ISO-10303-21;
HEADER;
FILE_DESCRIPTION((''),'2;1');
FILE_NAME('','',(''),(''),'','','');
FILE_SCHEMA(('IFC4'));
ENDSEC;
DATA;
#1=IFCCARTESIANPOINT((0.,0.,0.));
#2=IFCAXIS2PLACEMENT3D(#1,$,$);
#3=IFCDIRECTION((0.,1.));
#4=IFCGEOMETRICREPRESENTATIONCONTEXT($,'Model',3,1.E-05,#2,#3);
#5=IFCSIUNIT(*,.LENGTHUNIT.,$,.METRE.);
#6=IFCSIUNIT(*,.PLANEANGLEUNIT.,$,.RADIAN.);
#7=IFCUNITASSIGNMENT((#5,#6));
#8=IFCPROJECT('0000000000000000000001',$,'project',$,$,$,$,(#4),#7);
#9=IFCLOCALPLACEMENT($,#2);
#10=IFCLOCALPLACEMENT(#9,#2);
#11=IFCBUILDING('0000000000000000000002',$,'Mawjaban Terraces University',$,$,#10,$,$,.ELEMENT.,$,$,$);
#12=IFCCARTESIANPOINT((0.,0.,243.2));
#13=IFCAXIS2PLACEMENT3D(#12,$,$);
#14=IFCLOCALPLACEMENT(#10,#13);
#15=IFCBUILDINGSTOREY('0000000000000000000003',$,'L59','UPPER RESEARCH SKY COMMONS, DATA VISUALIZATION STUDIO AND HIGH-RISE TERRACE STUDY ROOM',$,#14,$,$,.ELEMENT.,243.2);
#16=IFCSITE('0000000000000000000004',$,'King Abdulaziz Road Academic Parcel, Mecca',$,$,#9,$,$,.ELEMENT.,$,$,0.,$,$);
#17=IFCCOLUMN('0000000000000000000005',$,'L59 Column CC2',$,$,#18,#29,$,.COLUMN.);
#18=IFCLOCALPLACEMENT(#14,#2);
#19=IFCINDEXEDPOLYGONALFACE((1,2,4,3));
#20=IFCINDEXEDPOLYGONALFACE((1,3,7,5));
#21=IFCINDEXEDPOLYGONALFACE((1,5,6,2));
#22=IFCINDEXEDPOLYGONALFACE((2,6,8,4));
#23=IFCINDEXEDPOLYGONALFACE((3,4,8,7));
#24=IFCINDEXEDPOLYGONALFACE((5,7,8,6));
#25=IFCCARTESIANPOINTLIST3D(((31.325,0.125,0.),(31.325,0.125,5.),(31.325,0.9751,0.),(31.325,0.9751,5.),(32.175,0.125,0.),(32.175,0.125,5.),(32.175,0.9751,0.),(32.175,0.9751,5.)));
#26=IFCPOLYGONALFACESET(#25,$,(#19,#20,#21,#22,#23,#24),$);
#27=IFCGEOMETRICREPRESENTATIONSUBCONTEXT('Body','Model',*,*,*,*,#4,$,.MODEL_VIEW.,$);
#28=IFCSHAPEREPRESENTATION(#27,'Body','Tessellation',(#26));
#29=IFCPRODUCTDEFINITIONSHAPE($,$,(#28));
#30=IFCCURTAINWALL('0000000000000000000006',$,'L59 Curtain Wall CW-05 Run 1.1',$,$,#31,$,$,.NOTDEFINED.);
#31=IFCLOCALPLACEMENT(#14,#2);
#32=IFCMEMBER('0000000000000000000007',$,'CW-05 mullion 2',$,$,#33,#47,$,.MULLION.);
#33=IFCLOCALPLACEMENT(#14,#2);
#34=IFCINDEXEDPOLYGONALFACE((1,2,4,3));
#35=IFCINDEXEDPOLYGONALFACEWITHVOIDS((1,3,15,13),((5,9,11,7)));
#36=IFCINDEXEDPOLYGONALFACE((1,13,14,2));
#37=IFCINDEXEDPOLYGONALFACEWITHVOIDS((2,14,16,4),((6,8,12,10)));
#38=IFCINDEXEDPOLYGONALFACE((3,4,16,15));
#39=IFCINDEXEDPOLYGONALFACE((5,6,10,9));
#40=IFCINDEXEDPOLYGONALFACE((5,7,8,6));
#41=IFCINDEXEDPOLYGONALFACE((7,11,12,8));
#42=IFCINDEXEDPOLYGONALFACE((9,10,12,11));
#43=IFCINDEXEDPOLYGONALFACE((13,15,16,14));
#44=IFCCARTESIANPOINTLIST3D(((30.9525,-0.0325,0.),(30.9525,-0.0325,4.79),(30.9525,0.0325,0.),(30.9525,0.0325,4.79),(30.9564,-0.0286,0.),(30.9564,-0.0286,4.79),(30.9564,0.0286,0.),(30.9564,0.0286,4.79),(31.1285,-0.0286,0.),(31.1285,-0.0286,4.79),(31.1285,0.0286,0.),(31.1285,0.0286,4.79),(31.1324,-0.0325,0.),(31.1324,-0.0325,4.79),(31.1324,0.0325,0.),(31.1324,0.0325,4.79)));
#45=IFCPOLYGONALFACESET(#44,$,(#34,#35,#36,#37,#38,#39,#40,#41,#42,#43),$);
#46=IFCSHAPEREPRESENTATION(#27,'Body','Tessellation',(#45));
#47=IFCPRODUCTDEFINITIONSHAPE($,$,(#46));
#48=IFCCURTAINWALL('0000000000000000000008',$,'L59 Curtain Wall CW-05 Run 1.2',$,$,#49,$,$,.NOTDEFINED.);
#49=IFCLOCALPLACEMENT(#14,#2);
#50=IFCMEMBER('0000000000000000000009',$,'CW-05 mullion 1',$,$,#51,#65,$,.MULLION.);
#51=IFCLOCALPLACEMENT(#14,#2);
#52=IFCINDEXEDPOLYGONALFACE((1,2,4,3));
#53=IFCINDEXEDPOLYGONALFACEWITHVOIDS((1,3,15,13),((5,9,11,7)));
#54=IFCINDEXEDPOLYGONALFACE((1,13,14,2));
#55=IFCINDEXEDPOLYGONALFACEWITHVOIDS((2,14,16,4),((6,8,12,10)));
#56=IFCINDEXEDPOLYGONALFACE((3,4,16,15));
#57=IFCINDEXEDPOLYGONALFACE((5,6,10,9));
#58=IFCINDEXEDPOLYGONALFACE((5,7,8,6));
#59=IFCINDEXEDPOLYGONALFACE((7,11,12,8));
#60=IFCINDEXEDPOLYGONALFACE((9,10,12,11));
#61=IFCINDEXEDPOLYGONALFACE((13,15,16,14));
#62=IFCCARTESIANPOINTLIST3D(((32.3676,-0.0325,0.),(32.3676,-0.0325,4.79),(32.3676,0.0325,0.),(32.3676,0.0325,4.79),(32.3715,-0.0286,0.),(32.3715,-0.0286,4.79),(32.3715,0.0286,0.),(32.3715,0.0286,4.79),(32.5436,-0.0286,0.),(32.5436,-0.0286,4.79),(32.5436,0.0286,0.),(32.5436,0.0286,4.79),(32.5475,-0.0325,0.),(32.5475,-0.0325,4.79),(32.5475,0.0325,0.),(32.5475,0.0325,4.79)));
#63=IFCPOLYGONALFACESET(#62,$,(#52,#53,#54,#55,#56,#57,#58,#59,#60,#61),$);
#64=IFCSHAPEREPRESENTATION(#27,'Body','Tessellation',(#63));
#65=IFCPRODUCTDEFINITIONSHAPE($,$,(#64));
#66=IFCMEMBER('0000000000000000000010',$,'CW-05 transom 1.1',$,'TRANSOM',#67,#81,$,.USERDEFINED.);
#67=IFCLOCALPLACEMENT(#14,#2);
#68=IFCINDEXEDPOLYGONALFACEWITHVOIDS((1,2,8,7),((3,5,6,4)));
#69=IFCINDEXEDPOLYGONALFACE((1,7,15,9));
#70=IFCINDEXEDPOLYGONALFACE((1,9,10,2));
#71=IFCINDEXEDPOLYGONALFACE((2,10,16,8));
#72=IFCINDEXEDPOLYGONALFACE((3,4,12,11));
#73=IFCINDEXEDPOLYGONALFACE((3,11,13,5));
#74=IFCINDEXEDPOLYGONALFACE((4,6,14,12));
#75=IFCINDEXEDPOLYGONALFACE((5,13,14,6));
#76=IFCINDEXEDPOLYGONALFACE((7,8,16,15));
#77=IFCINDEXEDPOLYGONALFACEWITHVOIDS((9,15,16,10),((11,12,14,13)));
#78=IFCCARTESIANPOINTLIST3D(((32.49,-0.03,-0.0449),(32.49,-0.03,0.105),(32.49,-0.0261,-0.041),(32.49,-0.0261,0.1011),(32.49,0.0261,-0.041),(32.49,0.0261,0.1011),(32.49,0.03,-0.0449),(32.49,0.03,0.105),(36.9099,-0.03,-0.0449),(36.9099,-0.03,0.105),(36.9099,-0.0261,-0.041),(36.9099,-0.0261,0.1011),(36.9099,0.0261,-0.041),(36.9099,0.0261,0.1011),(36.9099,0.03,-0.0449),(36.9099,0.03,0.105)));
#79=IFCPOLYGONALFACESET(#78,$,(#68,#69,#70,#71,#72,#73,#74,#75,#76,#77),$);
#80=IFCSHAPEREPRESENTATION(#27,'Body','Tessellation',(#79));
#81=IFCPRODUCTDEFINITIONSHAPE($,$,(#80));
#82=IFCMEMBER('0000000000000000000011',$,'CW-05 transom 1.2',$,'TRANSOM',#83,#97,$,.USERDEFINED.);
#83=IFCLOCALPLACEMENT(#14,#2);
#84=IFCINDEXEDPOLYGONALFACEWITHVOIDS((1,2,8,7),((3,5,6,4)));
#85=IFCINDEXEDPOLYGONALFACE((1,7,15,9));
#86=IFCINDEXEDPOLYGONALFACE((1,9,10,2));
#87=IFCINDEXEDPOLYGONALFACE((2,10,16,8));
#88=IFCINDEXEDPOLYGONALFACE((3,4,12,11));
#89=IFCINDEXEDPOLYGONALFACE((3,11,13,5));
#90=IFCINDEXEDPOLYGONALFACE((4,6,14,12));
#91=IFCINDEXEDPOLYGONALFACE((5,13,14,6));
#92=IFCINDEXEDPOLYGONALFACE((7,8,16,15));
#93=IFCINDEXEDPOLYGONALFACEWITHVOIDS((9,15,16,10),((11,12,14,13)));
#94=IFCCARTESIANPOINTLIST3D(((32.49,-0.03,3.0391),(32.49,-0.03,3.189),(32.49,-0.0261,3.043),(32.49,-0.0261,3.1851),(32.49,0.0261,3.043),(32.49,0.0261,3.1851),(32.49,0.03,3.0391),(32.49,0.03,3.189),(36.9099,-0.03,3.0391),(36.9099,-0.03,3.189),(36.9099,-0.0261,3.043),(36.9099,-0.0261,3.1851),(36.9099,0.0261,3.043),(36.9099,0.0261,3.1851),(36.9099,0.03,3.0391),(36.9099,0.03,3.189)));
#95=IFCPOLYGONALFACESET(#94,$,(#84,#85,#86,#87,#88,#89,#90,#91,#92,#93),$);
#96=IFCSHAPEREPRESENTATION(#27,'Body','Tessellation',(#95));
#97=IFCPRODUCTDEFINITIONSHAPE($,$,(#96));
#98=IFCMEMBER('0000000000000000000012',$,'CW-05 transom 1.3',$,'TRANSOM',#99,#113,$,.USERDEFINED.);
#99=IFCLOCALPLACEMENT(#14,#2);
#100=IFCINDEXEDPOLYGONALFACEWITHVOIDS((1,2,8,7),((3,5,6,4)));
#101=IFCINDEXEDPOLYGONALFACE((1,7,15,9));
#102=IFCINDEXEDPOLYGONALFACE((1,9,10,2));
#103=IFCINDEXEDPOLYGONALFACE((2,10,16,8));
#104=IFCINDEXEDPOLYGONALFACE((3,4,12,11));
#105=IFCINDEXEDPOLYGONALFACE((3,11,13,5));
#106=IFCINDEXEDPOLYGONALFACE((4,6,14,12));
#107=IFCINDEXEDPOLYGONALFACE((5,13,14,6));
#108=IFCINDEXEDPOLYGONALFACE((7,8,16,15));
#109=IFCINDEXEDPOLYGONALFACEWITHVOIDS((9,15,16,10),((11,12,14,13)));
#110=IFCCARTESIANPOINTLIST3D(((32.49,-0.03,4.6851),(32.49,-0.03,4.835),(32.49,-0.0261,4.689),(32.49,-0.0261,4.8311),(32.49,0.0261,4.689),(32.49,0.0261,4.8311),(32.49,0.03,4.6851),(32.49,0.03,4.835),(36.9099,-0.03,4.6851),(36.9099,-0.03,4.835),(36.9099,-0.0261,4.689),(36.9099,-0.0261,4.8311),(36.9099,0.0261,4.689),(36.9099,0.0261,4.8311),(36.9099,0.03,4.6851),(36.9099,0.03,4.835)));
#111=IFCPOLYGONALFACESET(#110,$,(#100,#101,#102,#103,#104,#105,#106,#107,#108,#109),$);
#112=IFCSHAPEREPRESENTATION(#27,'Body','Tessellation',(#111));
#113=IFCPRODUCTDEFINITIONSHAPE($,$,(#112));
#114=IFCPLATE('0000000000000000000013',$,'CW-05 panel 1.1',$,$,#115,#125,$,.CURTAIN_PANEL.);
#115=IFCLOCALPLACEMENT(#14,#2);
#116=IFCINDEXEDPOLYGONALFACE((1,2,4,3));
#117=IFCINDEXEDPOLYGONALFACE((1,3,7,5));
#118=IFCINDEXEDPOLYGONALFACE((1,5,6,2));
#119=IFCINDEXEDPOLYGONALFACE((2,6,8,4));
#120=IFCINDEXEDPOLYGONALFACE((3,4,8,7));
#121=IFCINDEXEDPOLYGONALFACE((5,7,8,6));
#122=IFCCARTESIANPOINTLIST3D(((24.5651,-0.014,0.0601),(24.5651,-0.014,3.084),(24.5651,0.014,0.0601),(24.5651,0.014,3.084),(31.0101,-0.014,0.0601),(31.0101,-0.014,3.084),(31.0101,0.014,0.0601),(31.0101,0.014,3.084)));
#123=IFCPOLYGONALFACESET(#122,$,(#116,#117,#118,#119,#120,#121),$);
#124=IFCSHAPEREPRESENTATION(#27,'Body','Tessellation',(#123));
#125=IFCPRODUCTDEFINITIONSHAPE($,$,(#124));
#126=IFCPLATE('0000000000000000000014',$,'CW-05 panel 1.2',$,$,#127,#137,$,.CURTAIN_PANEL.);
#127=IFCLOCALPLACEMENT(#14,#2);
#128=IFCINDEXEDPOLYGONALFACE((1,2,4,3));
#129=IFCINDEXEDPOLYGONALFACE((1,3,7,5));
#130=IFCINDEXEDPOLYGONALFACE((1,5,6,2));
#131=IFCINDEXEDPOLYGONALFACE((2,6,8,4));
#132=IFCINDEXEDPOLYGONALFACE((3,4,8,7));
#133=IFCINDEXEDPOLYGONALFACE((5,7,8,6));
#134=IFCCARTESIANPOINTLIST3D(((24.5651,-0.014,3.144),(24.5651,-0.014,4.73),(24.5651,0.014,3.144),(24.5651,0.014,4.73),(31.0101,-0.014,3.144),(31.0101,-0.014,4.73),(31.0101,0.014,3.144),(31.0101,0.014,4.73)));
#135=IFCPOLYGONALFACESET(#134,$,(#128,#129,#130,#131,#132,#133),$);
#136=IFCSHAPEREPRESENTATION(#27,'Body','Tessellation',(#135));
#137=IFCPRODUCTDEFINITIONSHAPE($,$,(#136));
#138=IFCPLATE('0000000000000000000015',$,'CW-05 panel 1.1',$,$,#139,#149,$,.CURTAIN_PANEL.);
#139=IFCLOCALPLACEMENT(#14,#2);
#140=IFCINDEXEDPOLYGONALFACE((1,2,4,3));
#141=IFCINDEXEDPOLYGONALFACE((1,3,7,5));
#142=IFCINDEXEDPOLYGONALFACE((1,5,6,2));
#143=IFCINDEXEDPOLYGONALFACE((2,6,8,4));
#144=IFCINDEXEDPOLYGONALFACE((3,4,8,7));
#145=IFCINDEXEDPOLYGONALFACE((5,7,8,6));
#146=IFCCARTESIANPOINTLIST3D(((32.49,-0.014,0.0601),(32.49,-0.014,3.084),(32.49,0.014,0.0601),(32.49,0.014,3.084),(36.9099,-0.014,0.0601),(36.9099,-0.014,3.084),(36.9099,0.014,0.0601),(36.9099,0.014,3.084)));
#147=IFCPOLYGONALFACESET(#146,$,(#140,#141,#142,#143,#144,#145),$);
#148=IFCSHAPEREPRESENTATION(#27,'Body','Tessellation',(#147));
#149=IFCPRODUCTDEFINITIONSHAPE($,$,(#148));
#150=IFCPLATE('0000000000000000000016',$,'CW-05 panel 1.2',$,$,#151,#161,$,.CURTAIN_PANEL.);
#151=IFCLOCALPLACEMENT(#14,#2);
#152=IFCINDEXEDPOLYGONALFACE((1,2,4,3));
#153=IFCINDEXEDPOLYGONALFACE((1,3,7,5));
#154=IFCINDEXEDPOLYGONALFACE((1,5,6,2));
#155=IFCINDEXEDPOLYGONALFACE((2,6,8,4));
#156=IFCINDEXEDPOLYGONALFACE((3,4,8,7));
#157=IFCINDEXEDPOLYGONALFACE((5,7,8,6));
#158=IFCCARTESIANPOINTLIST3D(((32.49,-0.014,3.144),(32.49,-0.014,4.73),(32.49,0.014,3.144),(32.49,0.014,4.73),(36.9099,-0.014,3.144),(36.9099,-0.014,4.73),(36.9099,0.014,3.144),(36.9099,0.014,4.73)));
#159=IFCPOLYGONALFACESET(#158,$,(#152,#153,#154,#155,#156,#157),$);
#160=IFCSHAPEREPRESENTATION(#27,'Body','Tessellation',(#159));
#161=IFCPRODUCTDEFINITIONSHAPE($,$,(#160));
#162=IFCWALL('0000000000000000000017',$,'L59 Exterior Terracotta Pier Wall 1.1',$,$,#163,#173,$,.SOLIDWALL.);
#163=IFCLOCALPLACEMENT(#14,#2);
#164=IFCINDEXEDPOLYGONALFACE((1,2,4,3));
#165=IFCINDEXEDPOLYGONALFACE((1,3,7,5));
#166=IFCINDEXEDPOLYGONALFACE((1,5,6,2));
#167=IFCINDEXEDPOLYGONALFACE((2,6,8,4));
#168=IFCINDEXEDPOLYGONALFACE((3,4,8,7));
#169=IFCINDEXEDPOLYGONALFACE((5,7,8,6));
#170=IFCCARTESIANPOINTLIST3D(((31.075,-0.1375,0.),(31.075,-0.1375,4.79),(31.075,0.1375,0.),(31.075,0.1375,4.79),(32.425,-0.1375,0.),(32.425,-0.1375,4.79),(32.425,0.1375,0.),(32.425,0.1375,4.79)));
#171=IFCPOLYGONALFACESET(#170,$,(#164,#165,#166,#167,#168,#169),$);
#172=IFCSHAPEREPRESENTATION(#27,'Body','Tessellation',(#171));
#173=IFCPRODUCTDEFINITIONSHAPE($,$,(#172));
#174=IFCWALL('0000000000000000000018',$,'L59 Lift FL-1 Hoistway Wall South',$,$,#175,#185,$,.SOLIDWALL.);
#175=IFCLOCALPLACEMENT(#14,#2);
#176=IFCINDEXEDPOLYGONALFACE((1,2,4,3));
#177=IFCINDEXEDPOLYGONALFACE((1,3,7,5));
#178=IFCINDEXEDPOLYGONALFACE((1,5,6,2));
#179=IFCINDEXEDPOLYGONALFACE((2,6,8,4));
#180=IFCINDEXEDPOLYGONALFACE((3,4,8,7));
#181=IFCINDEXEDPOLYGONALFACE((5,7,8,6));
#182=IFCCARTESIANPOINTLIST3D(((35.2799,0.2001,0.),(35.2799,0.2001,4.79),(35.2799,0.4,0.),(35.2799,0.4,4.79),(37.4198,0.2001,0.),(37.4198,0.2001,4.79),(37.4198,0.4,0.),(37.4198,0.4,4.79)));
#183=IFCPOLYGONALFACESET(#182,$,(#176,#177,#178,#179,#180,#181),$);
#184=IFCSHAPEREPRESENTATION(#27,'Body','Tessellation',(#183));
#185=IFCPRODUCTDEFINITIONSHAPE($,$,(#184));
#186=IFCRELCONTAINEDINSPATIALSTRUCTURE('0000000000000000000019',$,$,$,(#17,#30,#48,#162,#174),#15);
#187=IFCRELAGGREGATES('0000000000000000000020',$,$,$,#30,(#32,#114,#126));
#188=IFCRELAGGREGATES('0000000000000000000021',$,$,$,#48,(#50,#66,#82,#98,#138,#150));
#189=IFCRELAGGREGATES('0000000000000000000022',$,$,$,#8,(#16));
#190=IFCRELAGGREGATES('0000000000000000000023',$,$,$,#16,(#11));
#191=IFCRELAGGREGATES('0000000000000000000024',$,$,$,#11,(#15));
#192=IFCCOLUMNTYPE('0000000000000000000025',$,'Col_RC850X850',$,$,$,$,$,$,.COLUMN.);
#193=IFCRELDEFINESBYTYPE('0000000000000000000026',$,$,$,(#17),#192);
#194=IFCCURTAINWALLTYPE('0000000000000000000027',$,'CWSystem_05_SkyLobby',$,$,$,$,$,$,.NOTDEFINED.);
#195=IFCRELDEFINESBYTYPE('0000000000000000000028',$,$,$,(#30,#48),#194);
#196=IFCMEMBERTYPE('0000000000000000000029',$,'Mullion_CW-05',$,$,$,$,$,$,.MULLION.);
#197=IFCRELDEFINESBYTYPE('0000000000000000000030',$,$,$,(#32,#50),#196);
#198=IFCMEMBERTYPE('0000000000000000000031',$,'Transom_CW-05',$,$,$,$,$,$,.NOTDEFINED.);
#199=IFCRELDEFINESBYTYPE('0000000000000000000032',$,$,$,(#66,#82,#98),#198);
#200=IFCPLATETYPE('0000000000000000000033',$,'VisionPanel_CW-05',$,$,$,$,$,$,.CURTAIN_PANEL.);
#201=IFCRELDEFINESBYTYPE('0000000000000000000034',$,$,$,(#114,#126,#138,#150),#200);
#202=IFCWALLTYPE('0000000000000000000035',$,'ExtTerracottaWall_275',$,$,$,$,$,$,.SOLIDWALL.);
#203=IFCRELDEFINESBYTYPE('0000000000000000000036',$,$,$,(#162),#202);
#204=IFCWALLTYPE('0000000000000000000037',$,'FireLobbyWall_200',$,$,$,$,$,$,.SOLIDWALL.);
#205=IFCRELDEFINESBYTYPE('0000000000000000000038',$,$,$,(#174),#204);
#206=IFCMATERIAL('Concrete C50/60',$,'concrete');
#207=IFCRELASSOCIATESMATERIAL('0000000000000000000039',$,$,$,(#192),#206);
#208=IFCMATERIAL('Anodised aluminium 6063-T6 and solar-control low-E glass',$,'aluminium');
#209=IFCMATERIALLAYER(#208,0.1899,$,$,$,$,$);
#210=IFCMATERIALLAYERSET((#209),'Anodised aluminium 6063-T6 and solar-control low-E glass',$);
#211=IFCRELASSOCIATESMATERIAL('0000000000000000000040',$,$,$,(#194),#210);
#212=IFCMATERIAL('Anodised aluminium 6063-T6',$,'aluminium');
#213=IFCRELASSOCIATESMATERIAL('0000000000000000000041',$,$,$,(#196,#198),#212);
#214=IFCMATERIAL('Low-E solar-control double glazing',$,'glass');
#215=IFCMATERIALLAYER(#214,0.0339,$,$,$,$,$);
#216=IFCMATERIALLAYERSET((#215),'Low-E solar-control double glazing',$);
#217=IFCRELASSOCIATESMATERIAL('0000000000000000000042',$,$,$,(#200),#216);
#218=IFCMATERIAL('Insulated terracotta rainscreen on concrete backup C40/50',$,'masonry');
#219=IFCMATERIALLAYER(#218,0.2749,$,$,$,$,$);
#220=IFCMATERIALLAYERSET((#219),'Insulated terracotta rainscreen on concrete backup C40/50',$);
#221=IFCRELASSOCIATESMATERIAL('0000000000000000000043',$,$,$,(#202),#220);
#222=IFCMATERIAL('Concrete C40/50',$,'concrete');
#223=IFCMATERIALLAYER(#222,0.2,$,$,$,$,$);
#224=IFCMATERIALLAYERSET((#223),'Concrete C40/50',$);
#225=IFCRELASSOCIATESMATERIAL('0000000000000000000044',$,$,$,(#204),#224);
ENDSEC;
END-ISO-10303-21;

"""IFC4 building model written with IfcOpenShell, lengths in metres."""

from ifc_helpers import new_model, si_unit, direction, frame, frame_2d, origin, origin_2d, place, context, subcontext, project, spatial, rectangle, hollow_rectangle, extrude, material, layer, layer_set, material_profile, profile_set, type_object, element, aggregate, save


model = new_model("IFC4")

# Units and contexts
model_context = context("Model", 3, precision=1e-05, world=origin(), true_north=direction((0.0, 1.0)))
body_context = subcontext(model_context, "Body", "Model", "MODEL_VIEW")
ifc_project = project(units=[si_unit("LENGTHUNIT", "METRE"), si_unit("PLANEANGLEUNIT", "RADIAN")], contexts=[model_context])

# Site, building, storey
site_placement = place(None, origin())
site = spatial("IfcSite", under=ifc_project, at=site_placement, Name="King Abdulaziz Road Academic Parcel, Mecca", CompositionType="ELEMENT", RefElevation=0.0)
building_placement = place(site_placement, origin())
building = spatial("IfcBuilding", under=site, at=building_placement, Name="Mawjaban Terraces University", CompositionType="ELEMENT")
storey_placement = place(building_placement, frame((0.0, 0.0, 243.2)))
storey = spatial("IfcBuildingStorey", under=building, at=storey_placement, Name="L59", Description="UPPER RESEARCH SKY COMMONS, DATA VISUALIZATION STUDIO AND HIGH-RISE TERRACE STUDY ROOM", CompositionType="ELEMENT", Elevation=243.2)

# Column
ifc_material_1 = material(Name="Concrete C50/60", Category="concrete")
ifc_material_profile_1 = material_profile(ifc_material_1, rectangle(XDim=0.8501, YDim=0.8501, at=origin_2d()), Name="RC850X850")
ifc_profile_set_1 = profile_set([ifc_material_profile_1], Name="Concrete C50/60")
column_type = type_object("IfcColumnType", Name="Col_RC850X850", PredefinedType="COLUMN", material=ifc_profile_set_1)
column_placement = place(storey_placement, frame((31.75, 0.55, 0.0), z_axis=(0.0, 0.0, 1.0), x_axis=(1.0, 0.0, 0.0)))
element("IfcColumn", 1, at=column_placement, inside=storey, type_object=column_type, Name="L59 Column CC2", PredefinedType="COLUMN", context=body_context, shape_type="SweptSolid", body=[
    extrude(rectangle(XDim=0.8501, YDim=0.8501, at=origin_2d()), origin(), (0.0, 0.0, 1.0), 5.0),
])

# Curtain wall, member
ifc_material_2 = material(Name="Anodised aluminium 6063-T6 and solar-control low-E glass", Category="aluminium")
ifc_layer_1 = layer(ifc_material_2, 0.1899)
ifc_layer_set_1 = layer_set([ifc_layer_1], Name="Anodised aluminium 6063-T6 and solar-control low-E glass")
curtain_wall_type = type_object("IfcCurtainWallType", Name="CWSystem_05_SkyLobby", PredefinedType="NOTDEFINED", material=ifc_layer_set_1)
curtain_wall_1_placement = place(storey_placement, origin())
curtain_wall_1 = element("IfcCurtainWall", 2, at=curtain_wall_1_placement, inside=storey, type_object=curtain_wall_type, Name="L59 Curtain Wall CW-05 Run 1.1", PredefinedType="NOTDEFINED")
ifc_material_3 = material(Name="Anodised aluminium 6063-T6", Category="aluminium")
ifc_material_profile_2 = material_profile(ifc_material_3, hollow_rectangle(XDim=0.0649, YDim=0.1799, WallThickness=0.0039, at=origin_2d()), Name="ALU180X65X4")
ifc_profile_set_2 = profile_set([ifc_material_profile_2], Name="Anodised aluminium 6063-T6")
member_type_1 = type_object("IfcMemberType", Name="Mullion_CW-05", PredefinedType="MULLION", material=ifc_profile_set_2)
member_1_placement = place(storey_placement, frame((31.0425, 0.0, 0.0), z_axis=(0.0, 0.0, 1.0), x_axis=(0.0, 1.0, 0.0)))
member_1 = element("IfcMember", 3, at=member_1_placement, type_object=member_type_1, Name="CW-05 mullion 2", PredefinedType="MULLION", context=body_context, shape_type="SweptSolid", body=[
    extrude(hollow_rectangle(XDim=0.0649, YDim=0.1799, WallThickness=0.0039, at=origin_2d()), origin(), (0.0, 0.0, 1.0), 4.79),
])

# Curtain wall, members
curtain_wall_2_placement = place(storey_placement, origin())
curtain_wall_2 = element("IfcCurtainWall", 4, at=curtain_wall_2_placement, inside=storey, type_object=curtain_wall_type, Name="L59 Curtain Wall CW-05 Run 1.2", PredefinedType="NOTDEFINED")
member_2_placement = place(storey_placement, frame((32.4575, 0.0, 0.0), z_axis=(0.0, 0.0, 1.0), x_axis=(0.0, 1.0, 0.0)))
member_2 = element("IfcMember", 5, at=member_2_placement, type_object=member_type_1, Name="CW-05 mullion 1", PredefinedType="MULLION", context=body_context, shape_type="SweptSolid", body=[
    extrude(hollow_rectangle(XDim=0.0649, YDim=0.1799, WallThickness=0.0039, at=origin_2d()), origin(), (0.0, 0.0, 1.0), 4.79),
])
ifc_material_profile_3 = material_profile(ifc_material_3, hollow_rectangle(XDim=0.0601, YDim=0.1499, WallThickness=0.0039, at=origin_2d()), Name="ALU150X60X4")
ifc_profile_set_3 = profile_set([ifc_material_profile_3], Name="Anodised aluminium 6063-T6")
member_type_2 = type_object("IfcMemberType", Name="Transom_CW-05", PredefinedType="NOTDEFINED", material=ifc_profile_set_3)
member_3_placement = place(storey_placement, frame((32.49, 0.0, 0.03), z_axis=(1.0, 0.0, 0.0), x_axis=(0.0, 1.0, 0.0)))
member_3 = element("IfcMember", 6, at=member_3_placement, type_object=member_type_2, Name="CW-05 transom 1.1", ObjectType="TRANSOM", PredefinedType="USERDEFINED", context=body_context, shape_type="SweptSolid", body=[
    extrude(hollow_rectangle(XDim=0.0601, YDim=0.1499, WallThickness=0.0039, at=origin_2d()), origin(), (0.0, 0.0, 1.0), 4.4199),
])
member_4_placement = place(storey_placement, frame((32.49, 0.0, 3.114), z_axis=(1.0, 0.0, 0.0), x_axis=(0.0, 1.0, 0.0)))
member_4 = element("IfcMember", 7, at=member_4_placement, type_object=member_type_2, Name="CW-05 transom 1.2", ObjectType="TRANSOM", PredefinedType="USERDEFINED", context=body_context, shape_type="SweptSolid", body=[
    extrude(hollow_rectangle(XDim=0.0601, YDim=0.1499, WallThickness=0.0039, at=origin_2d()), origin(), (0.0, 0.0, 1.0), 4.4199),
])
member_5_placement = place(storey_placement, frame((32.49, 0.0, 4.76), z_axis=(1.0, 0.0, 0.0), x_axis=(0.0, 1.0, 0.0)))
member_5 = element("IfcMember", 8, at=member_5_placement, type_object=member_type_2, Name="CW-05 transom 1.3", ObjectType="TRANSOM", PredefinedType="USERDEFINED", context=body_context, shape_type="SweptSolid", body=[
    extrude(hollow_rectangle(XDim=0.0601, YDim=0.1499, WallThickness=0.0039, at=origin_2d()), origin(), (0.0, 0.0, 1.0), 4.4199),
])

# Plates
ifc_material_4 = material(Name="Low-E solar-control double glazing", Category="glass")
ifc_layer_2 = layer(ifc_material_4, 0.0339)
ifc_layer_set_2 = layer_set([ifc_layer_2], Name="Low-E solar-control double glazing")
plate_type = type_object("IfcPlateType", Name="VisionPanel_CW-05", PredefinedType="CURTAIN_PANEL", material=ifc_layer_set_2)
plate_1_placement = place(storey_placement, frame((27.7876, 0.0, 0.0601), z_axis=(0.0, 0.0, 1.0), x_axis=(1.0, 0.0, 0.0)))
plate_1 = element("IfcPlate", 9, at=plate_1_placement, type_object=plate_type, Name="CW-05 panel 1.1", PredefinedType="CURTAIN_PANEL", context=body_context, shape_type="SweptSolid", body=[
    extrude(rectangle(XDim=6.4451, YDim=0.0281, at=origin_2d()), origin(), (0.0, 0.0, 1.0), 3.0239),
])
plate_2_placement = place(storey_placement, frame((27.7876, 0.0, 3.144), z_axis=(0.0, 0.0, 1.0), x_axis=(1.0, 0.0, 0.0)))
plate_2 = element("IfcPlate", 10, at=plate_2_placement, type_object=plate_type, Name="CW-05 panel 1.2", PredefinedType="CURTAIN_PANEL", context=body_context, shape_type="SweptSolid", body=[
    extrude(rectangle(XDim=6.4451, YDim=0.0281, at=origin_2d()), origin(), (0.0, 0.0, 1.0), 1.5859),
])
aggregate(curtain_wall_1, [member_1, plate_1, plate_2])
plate_3_placement = place(storey_placement, frame((34.7, 0.0, 0.0601), z_axis=(0.0, 0.0, 1.0), x_axis=(1.0, 0.0, 0.0)))
plate_3 = element("IfcPlate", 11, at=plate_3_placement, type_object=plate_type, Name="CW-05 panel 1.1", PredefinedType="CURTAIN_PANEL", context=body_context, shape_type="SweptSolid", body=[
    extrude(rectangle(XDim=4.4199, YDim=0.0281, at=origin_2d()), origin(), (0.0, 0.0, 1.0), 3.0239),
])
plate_4_placement = place(storey_placement, frame((34.7, 0.0, 3.144), z_axis=(0.0, 0.0, 1.0), x_axis=(1.0, 0.0, 0.0)))
plate_4 = element("IfcPlate", 12, at=plate_4_placement, type_object=plate_type, Name="CW-05 panel 1.2", PredefinedType="CURTAIN_PANEL", context=body_context, shape_type="SweptSolid", body=[
    extrude(rectangle(XDim=4.4199, YDim=0.0281, at=origin_2d()), origin(), (0.0, 0.0, 1.0), 1.5859),
])
aggregate(curtain_wall_2, [member_2, member_3, member_4, member_5, plate_3, plate_4])

# Wall
ifc_material_5 = material(Name="Insulated terracotta rainscreen on concrete backup C40/50", Category="masonry")
ifc_layer_3 = layer(ifc_material_5, 0.2749)
ifc_layer_set_3 = layer_set([ifc_layer_3], Name="Insulated terracotta rainscreen on concrete backup C40/50")
wall_type_1 = type_object("IfcWallType", Name="ExtTerracottaWall_275", PredefinedType="SOLIDWALL", material=ifc_layer_set_3)
wall_1_placement = place(storey_placement, frame((31.075, 0.0, 0.0), z_axis=(0.0, 0.0, 1.0), x_axis=(1.0, 0.0, 0.0)))
element("IfcWall", 13, at=wall_1_placement, inside=storey, type_object=wall_type_1, Name="L59 Exterior Terracotta Pier Wall 1.1", PredefinedType="SOLIDWALL", context=body_context, shape_type="SweptSolid", body=[
    extrude(rectangle(XDim=1.3501, YDim=0.2749, at=frame_2d((0.675, 0.0))), origin(), (0.0, 0.0, 1.0), 4.79),
])

# Shared definitions
ifc_material_6 = material(Name="Concrete C40/50", Category="concrete")
ifc_layer_4 = layer(ifc_material_6, 0.2)
ifc_layer_set_4 = layer_set([ifc_layer_4], Name="Concrete C40/50")
wall_type_2 = type_object("IfcWallType", Name="FireLobbyWall_200", PredefinedType="SOLIDWALL", material=ifc_layer_set_4)

# Wall
wall_2_placement = place(storey_placement, frame((35.28, 0.3, 0.0), z_axis=(0.0, 0.0, 1.0), x_axis=(1.0, 0.0, 0.0)))
element("IfcWall", 14, at=wall_2_placement, inside=storey, type_object=wall_type_2, Name="L59 Lift FL-1 Hoistway Wall South", PredefinedType="SOLIDWALL", context=body_context, shape_type="SweptSolid", body=[
    extrude(rectangle(XDim=2.1399, YDim=0.2, at=frame_2d((1.0698, 0.0))), origin(), (0.0, 0.0, 1.0), 4.79),
])

save(model, "model.ifc")
